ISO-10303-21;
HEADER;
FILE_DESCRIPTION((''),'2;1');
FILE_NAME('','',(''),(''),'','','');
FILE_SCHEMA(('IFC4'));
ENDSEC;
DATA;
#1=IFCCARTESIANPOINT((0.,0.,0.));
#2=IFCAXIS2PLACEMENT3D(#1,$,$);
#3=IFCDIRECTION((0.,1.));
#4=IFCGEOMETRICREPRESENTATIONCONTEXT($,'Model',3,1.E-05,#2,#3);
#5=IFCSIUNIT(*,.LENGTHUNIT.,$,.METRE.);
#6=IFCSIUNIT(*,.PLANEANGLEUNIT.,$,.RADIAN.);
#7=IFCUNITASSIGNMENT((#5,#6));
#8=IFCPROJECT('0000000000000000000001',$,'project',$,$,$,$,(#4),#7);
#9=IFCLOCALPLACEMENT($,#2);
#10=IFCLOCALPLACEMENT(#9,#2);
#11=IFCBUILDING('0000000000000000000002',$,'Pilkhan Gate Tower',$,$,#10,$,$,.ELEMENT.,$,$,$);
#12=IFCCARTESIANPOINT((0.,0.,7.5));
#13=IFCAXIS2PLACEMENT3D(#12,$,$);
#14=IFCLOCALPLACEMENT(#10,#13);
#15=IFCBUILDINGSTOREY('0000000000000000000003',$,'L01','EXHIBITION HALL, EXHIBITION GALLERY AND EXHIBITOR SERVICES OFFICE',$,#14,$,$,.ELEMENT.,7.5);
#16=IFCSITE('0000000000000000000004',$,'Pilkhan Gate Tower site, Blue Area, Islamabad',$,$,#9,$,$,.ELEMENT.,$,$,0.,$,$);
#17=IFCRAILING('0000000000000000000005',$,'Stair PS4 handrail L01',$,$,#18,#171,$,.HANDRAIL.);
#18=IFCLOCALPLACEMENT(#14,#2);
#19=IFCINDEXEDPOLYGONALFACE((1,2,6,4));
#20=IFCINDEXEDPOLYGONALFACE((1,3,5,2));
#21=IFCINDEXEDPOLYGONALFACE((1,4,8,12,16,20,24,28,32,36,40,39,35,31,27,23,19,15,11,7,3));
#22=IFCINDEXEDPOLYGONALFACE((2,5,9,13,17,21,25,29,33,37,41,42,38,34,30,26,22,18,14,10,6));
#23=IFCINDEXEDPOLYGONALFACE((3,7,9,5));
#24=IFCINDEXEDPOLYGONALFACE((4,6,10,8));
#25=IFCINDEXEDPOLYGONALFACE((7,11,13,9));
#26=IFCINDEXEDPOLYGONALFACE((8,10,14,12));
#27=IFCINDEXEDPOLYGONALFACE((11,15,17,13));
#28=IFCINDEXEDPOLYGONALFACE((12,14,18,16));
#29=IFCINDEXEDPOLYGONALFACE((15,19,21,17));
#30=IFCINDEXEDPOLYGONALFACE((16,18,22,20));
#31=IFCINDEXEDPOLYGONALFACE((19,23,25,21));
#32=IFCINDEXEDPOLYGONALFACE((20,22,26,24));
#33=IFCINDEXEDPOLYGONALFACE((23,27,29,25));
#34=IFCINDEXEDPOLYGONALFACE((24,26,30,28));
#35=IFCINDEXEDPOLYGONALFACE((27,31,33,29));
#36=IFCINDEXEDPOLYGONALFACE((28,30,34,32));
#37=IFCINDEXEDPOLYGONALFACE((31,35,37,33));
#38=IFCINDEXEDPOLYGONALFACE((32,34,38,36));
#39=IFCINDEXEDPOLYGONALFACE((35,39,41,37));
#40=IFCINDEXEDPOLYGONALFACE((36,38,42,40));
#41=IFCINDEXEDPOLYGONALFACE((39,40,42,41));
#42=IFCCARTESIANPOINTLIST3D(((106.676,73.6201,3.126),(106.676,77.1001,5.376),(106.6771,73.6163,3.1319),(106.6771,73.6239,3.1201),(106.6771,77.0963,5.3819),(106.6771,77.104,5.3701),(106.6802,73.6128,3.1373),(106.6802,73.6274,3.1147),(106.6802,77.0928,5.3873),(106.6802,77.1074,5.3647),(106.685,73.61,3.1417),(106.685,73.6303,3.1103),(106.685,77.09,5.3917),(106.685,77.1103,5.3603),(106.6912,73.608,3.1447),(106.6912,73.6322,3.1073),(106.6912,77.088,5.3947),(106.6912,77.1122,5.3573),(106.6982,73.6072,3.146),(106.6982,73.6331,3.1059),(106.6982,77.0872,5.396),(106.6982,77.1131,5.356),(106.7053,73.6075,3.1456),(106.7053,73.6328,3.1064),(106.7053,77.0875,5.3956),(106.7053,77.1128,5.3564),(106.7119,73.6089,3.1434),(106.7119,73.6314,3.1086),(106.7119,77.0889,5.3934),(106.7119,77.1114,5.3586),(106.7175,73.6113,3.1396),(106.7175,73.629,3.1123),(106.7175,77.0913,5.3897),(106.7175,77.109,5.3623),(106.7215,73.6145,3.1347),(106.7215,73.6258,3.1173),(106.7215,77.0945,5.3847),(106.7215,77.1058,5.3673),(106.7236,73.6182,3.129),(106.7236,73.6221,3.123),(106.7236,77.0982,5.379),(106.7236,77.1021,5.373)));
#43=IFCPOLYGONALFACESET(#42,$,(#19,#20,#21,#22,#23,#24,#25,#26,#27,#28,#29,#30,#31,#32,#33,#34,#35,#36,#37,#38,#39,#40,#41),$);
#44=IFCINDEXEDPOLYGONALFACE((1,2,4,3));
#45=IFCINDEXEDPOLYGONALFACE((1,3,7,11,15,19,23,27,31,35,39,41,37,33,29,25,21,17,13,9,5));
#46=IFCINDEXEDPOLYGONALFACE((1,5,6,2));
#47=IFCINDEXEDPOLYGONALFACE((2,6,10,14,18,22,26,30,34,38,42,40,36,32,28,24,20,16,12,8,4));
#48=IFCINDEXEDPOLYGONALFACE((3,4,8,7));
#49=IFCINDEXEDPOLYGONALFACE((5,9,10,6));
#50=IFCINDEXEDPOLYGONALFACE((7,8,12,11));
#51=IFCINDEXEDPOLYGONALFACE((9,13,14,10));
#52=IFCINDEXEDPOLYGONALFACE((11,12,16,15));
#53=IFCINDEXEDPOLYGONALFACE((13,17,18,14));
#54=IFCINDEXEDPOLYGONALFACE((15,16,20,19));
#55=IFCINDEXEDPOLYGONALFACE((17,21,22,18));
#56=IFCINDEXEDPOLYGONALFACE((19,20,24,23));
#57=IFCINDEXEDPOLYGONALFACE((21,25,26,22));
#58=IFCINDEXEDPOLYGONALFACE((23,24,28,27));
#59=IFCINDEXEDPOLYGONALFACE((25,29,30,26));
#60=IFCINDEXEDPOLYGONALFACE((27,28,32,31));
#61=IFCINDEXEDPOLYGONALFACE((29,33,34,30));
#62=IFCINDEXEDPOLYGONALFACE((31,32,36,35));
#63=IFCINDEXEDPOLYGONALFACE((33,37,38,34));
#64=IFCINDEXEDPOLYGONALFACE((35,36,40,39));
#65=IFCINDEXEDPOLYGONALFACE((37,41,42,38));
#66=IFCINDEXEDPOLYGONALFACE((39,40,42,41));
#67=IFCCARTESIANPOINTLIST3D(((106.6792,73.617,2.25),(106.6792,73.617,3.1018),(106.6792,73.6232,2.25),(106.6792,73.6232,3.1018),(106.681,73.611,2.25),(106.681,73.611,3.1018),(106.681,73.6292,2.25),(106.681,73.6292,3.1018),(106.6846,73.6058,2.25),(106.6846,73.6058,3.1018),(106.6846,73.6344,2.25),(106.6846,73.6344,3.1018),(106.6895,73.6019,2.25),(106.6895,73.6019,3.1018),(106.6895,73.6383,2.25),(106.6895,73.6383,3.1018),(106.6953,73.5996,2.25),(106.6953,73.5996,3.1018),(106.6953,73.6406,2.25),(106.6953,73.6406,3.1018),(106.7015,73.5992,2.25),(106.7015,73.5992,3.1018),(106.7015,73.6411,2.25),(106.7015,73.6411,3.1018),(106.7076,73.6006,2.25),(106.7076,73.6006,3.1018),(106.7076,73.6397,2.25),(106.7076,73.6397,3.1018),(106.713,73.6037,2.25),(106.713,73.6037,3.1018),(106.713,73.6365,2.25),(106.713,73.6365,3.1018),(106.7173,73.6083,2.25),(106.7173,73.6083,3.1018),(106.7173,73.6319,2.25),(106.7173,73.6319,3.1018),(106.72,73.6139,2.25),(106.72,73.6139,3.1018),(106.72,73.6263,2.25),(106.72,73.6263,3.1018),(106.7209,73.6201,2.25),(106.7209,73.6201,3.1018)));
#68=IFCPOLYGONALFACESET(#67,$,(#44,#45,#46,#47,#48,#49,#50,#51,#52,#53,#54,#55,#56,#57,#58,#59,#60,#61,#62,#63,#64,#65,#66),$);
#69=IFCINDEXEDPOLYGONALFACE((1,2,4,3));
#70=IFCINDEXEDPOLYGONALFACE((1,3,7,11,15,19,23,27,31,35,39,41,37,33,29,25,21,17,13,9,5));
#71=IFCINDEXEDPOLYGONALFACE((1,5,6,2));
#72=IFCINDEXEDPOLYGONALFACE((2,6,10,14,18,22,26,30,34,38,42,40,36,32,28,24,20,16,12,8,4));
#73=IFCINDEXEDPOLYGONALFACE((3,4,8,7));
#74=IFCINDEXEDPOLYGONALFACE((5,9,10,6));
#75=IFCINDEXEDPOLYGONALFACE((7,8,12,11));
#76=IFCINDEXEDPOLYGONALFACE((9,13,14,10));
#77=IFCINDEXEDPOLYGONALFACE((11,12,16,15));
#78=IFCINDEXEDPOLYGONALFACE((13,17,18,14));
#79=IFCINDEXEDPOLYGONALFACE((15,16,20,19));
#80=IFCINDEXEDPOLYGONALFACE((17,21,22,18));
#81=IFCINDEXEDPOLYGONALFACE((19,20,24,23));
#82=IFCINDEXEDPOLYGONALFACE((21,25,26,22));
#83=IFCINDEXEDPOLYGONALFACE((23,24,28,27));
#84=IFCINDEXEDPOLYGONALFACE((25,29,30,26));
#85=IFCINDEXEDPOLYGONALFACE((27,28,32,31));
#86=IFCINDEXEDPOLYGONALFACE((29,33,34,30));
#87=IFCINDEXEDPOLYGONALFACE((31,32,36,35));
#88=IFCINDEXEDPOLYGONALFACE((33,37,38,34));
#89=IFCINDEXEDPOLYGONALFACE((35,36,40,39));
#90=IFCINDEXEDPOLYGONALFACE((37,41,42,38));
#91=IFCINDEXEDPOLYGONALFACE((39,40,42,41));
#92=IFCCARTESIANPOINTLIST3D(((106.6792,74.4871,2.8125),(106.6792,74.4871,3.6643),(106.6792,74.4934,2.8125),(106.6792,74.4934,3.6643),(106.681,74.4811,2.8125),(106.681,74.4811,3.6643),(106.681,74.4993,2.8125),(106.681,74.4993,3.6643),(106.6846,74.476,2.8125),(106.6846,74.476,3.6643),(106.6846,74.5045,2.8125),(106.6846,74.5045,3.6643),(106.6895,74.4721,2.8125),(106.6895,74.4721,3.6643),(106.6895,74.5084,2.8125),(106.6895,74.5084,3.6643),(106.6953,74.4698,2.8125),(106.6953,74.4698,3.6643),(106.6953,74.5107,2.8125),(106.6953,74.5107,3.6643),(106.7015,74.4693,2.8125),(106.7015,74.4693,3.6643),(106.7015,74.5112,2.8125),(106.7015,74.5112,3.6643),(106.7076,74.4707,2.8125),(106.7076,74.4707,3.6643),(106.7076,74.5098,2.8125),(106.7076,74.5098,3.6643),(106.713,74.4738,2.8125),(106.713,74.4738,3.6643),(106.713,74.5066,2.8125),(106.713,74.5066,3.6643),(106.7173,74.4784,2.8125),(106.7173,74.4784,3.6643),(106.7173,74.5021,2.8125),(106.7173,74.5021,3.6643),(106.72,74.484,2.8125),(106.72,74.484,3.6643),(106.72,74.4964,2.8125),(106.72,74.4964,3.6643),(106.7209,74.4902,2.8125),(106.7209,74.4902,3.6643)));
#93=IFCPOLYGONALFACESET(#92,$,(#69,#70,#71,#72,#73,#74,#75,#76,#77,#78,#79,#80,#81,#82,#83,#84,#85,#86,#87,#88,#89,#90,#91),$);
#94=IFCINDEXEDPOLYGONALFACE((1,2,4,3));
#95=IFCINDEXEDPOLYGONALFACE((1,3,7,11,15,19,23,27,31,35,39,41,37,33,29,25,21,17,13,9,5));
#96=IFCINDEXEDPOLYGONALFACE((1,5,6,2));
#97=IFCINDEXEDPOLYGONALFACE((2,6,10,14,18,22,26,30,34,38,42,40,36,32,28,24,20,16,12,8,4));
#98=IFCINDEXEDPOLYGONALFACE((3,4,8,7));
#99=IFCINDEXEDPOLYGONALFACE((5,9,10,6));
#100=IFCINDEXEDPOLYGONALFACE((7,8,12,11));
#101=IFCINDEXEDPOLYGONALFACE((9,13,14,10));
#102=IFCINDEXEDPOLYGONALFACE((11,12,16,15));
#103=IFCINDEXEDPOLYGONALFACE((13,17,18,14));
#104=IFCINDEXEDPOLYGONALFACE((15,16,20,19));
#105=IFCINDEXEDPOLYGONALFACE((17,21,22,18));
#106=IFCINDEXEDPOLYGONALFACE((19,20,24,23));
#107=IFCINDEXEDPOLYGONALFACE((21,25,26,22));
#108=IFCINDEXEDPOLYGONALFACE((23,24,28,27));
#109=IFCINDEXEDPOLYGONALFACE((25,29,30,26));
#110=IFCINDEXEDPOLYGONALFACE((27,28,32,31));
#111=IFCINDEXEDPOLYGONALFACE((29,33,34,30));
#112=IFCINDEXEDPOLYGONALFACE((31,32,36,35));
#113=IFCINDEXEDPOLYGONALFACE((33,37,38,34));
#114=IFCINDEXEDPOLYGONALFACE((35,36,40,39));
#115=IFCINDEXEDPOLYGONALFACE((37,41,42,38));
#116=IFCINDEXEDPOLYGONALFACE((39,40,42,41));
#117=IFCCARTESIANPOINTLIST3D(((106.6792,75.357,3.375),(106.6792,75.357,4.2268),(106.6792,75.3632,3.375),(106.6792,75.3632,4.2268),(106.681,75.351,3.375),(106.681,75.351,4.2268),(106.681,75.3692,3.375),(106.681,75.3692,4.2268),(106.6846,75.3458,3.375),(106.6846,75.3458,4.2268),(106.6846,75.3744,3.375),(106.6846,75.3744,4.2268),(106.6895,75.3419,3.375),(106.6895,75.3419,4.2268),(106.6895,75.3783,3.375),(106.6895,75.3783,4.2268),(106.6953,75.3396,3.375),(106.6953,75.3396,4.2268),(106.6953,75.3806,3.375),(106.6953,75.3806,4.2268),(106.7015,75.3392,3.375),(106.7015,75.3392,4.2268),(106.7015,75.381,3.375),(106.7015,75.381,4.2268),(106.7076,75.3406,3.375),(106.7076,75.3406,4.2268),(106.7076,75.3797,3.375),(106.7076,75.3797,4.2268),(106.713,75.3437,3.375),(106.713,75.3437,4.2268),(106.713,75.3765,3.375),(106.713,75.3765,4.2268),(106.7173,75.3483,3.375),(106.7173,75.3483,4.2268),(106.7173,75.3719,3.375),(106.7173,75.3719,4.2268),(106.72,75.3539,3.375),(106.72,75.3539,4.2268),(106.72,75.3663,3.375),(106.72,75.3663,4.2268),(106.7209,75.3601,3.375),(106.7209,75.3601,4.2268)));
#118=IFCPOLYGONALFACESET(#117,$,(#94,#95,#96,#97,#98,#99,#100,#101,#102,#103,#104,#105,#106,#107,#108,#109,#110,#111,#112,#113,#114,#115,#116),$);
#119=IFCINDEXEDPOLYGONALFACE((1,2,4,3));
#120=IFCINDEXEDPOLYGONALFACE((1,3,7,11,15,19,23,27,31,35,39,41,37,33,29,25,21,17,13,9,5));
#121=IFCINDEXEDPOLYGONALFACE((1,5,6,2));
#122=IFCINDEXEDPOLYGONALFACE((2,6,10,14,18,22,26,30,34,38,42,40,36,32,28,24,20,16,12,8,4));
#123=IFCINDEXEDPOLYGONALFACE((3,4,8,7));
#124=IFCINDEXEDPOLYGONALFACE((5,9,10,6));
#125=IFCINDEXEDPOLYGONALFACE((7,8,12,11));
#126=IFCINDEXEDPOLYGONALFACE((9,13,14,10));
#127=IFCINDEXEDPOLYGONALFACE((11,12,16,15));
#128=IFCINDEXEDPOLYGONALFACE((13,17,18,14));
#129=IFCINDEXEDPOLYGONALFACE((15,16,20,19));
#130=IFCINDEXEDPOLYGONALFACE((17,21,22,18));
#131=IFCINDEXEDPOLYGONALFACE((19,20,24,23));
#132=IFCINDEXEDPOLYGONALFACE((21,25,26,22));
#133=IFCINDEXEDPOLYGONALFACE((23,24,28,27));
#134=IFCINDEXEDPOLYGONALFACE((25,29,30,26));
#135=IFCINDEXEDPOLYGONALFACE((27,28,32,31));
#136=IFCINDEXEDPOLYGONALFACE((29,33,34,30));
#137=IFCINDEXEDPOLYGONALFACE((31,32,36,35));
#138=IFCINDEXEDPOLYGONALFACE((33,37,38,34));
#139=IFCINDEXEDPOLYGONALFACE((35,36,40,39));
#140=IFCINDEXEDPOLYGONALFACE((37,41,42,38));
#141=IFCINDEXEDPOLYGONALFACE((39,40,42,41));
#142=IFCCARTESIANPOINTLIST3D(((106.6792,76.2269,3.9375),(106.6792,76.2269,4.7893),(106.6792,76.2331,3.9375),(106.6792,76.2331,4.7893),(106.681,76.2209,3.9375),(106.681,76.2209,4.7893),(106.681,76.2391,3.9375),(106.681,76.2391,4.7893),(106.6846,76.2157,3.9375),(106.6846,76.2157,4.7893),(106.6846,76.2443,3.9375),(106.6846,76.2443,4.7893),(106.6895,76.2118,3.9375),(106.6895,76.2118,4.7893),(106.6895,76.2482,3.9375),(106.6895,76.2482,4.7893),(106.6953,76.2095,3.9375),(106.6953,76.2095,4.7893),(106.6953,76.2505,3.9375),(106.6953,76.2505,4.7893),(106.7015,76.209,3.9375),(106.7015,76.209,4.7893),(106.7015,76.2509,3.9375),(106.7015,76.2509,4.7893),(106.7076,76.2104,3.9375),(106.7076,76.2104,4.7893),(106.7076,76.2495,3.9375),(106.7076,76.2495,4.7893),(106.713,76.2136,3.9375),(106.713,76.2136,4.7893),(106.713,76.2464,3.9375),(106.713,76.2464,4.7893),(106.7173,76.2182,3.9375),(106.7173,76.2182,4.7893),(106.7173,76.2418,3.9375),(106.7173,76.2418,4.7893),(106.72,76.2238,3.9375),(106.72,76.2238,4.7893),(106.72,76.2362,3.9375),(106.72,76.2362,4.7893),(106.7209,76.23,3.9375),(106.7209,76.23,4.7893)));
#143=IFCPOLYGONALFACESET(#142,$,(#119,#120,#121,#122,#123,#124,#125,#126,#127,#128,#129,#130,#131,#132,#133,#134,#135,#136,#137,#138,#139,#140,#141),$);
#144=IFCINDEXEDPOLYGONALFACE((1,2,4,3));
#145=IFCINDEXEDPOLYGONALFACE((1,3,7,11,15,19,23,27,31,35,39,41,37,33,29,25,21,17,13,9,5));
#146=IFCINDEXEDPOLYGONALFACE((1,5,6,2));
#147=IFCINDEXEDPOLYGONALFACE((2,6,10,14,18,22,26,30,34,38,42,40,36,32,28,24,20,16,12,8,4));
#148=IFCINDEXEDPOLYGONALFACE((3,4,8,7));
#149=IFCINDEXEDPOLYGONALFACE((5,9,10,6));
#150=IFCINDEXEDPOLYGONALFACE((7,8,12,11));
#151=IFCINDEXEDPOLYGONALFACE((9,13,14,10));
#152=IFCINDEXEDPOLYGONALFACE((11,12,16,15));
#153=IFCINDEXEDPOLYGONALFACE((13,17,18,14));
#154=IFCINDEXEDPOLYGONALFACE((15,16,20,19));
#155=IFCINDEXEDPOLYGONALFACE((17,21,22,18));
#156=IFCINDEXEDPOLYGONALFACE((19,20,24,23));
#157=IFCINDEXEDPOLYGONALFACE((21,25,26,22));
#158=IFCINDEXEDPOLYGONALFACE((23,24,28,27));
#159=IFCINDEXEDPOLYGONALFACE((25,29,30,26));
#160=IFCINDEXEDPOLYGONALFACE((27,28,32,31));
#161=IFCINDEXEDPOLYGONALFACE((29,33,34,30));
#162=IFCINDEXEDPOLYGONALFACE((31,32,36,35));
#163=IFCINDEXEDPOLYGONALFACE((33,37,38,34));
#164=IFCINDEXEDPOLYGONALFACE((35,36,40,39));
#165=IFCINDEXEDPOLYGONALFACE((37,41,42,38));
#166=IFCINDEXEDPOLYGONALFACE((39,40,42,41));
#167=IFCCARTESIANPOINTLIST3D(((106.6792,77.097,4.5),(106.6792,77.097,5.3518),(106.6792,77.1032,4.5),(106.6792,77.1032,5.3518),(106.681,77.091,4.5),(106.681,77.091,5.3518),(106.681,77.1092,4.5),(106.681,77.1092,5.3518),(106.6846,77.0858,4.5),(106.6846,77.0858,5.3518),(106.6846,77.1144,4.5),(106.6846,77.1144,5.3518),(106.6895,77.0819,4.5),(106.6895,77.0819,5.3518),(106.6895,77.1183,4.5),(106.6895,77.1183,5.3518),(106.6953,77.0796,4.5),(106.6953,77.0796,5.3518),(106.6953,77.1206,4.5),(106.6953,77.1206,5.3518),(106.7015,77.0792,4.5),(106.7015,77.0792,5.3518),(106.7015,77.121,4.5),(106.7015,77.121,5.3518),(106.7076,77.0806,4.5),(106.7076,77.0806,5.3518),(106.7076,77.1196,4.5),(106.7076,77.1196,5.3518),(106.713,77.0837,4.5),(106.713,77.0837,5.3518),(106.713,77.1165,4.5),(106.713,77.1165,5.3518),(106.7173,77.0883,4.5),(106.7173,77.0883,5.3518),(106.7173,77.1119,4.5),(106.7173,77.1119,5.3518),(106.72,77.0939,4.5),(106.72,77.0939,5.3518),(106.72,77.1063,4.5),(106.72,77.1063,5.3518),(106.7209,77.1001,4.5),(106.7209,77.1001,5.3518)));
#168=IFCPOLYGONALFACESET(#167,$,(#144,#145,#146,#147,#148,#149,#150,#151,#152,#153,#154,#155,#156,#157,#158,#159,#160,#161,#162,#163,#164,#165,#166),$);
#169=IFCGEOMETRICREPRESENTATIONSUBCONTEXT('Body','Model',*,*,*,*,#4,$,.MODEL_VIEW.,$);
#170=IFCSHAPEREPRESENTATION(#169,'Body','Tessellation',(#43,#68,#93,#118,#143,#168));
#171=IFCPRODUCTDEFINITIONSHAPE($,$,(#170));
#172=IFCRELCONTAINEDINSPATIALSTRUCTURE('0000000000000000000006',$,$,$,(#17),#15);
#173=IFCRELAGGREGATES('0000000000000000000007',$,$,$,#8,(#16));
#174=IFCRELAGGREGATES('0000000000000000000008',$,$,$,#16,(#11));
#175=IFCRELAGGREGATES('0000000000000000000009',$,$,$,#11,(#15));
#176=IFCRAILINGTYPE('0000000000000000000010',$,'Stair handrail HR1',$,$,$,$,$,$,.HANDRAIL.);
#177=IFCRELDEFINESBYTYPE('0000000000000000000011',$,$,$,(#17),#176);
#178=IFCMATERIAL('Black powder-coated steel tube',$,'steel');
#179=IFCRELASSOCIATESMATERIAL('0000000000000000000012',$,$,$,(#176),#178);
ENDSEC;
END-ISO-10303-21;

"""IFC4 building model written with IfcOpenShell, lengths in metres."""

from ifc_helpers import new_model, si_unit, direction, frame, origin, origin_2d, place, context, subcontext, project, spatial, circle, extrude, material, type_object, element, save


model = new_model("IFC4")

# Units and contexts
model_context = context("Model", 3, precision=1e-05, world=origin(), true_north=direction((0.0, 1.0)))
body_context = subcontext(model_context, "Body", "Model", "MODEL_VIEW")
ifc_project = project(units=[si_unit("LENGTHUNIT", "METRE"), si_unit("PLANEANGLEUNIT", "RADIAN")], contexts=[model_context])

# Site, building, storey
site_placement = place(None, origin())
site = spatial("IfcSite", under=ifc_project, at=site_placement, Name="Pilkhan Gate Tower site, Blue Area, Islamabad", CompositionType="ELEMENT", RefElevation=0.0)
building_placement = place(site_placement, origin())
building = spatial("IfcBuilding", under=site, at=building_placement, Name="Pilkhan Gate Tower", CompositionType="ELEMENT")
storey_placement = place(building_placement, frame((0.0, 0.0, 7.5)))
storey = spatial("IfcBuildingStorey", under=building, at=storey_placement, Name="L01", Description="EXHIBITION HALL, EXHIBITION GALLERY AND EXHIBITOR SERVICES OFFICE", CompositionType="ELEMENT", Elevation=7.5)

# Railing
ifc_material_1 = material(Name="Black powder-coated steel tube", Category="steel")
railing_type_1 = type_object("IfcRailingType", Name="Stair handrail HR1", PredefinedType="HANDRAIL", material=ifc_material_1)
railing_1_placement = place(storey_placement, frame((106.7, 73.6201, 2.25)))
element("IfcRailing", 1, at=railing_1_placement, inside=storey, type_object=railing_type_1, Name="Stair PS4 handrail L01", PredefinedType="HANDRAIL", context=body_context, shape_type="SweptSolid", body=[
    extrude(circle(Radius=0.0239, at=origin_2d()), frame((0.0, 0.0, 0.876), z_axis=(0.0, 0.839763, 0.542953), x_axis=(-1.0, 0.0, 0.0)), (0.0, 0.0, 1.0), 4.144),
    extrude(circle(Radius=0.021, at=origin_2d()), origin(), (0.0, 0.0, 1.0), 0.8518),
    extrude(circle(Radius=0.021, at=origin_2d()), frame((0.0, 0.8701, 0.5625)), (0.0, 0.0, 1.0), 0.8518),
    extrude(circle(Radius=0.021, at=origin_2d()), frame((0.0, 1.74, 1.125)), (0.0, 0.0, 1.0), 0.8518),
    extrude(circle(Radius=0.021, at=origin_2d()), frame((0.0, 2.6099, 1.6875)), (0.0, 0.0, 1.0), 0.8518),
    extrude(circle(Radius=0.021, at=origin_2d()), frame((0.0, 3.48, 2.25)), (0.0, 0.0, 1.0), 0.8518),
])

save(model, "model.ifc")
